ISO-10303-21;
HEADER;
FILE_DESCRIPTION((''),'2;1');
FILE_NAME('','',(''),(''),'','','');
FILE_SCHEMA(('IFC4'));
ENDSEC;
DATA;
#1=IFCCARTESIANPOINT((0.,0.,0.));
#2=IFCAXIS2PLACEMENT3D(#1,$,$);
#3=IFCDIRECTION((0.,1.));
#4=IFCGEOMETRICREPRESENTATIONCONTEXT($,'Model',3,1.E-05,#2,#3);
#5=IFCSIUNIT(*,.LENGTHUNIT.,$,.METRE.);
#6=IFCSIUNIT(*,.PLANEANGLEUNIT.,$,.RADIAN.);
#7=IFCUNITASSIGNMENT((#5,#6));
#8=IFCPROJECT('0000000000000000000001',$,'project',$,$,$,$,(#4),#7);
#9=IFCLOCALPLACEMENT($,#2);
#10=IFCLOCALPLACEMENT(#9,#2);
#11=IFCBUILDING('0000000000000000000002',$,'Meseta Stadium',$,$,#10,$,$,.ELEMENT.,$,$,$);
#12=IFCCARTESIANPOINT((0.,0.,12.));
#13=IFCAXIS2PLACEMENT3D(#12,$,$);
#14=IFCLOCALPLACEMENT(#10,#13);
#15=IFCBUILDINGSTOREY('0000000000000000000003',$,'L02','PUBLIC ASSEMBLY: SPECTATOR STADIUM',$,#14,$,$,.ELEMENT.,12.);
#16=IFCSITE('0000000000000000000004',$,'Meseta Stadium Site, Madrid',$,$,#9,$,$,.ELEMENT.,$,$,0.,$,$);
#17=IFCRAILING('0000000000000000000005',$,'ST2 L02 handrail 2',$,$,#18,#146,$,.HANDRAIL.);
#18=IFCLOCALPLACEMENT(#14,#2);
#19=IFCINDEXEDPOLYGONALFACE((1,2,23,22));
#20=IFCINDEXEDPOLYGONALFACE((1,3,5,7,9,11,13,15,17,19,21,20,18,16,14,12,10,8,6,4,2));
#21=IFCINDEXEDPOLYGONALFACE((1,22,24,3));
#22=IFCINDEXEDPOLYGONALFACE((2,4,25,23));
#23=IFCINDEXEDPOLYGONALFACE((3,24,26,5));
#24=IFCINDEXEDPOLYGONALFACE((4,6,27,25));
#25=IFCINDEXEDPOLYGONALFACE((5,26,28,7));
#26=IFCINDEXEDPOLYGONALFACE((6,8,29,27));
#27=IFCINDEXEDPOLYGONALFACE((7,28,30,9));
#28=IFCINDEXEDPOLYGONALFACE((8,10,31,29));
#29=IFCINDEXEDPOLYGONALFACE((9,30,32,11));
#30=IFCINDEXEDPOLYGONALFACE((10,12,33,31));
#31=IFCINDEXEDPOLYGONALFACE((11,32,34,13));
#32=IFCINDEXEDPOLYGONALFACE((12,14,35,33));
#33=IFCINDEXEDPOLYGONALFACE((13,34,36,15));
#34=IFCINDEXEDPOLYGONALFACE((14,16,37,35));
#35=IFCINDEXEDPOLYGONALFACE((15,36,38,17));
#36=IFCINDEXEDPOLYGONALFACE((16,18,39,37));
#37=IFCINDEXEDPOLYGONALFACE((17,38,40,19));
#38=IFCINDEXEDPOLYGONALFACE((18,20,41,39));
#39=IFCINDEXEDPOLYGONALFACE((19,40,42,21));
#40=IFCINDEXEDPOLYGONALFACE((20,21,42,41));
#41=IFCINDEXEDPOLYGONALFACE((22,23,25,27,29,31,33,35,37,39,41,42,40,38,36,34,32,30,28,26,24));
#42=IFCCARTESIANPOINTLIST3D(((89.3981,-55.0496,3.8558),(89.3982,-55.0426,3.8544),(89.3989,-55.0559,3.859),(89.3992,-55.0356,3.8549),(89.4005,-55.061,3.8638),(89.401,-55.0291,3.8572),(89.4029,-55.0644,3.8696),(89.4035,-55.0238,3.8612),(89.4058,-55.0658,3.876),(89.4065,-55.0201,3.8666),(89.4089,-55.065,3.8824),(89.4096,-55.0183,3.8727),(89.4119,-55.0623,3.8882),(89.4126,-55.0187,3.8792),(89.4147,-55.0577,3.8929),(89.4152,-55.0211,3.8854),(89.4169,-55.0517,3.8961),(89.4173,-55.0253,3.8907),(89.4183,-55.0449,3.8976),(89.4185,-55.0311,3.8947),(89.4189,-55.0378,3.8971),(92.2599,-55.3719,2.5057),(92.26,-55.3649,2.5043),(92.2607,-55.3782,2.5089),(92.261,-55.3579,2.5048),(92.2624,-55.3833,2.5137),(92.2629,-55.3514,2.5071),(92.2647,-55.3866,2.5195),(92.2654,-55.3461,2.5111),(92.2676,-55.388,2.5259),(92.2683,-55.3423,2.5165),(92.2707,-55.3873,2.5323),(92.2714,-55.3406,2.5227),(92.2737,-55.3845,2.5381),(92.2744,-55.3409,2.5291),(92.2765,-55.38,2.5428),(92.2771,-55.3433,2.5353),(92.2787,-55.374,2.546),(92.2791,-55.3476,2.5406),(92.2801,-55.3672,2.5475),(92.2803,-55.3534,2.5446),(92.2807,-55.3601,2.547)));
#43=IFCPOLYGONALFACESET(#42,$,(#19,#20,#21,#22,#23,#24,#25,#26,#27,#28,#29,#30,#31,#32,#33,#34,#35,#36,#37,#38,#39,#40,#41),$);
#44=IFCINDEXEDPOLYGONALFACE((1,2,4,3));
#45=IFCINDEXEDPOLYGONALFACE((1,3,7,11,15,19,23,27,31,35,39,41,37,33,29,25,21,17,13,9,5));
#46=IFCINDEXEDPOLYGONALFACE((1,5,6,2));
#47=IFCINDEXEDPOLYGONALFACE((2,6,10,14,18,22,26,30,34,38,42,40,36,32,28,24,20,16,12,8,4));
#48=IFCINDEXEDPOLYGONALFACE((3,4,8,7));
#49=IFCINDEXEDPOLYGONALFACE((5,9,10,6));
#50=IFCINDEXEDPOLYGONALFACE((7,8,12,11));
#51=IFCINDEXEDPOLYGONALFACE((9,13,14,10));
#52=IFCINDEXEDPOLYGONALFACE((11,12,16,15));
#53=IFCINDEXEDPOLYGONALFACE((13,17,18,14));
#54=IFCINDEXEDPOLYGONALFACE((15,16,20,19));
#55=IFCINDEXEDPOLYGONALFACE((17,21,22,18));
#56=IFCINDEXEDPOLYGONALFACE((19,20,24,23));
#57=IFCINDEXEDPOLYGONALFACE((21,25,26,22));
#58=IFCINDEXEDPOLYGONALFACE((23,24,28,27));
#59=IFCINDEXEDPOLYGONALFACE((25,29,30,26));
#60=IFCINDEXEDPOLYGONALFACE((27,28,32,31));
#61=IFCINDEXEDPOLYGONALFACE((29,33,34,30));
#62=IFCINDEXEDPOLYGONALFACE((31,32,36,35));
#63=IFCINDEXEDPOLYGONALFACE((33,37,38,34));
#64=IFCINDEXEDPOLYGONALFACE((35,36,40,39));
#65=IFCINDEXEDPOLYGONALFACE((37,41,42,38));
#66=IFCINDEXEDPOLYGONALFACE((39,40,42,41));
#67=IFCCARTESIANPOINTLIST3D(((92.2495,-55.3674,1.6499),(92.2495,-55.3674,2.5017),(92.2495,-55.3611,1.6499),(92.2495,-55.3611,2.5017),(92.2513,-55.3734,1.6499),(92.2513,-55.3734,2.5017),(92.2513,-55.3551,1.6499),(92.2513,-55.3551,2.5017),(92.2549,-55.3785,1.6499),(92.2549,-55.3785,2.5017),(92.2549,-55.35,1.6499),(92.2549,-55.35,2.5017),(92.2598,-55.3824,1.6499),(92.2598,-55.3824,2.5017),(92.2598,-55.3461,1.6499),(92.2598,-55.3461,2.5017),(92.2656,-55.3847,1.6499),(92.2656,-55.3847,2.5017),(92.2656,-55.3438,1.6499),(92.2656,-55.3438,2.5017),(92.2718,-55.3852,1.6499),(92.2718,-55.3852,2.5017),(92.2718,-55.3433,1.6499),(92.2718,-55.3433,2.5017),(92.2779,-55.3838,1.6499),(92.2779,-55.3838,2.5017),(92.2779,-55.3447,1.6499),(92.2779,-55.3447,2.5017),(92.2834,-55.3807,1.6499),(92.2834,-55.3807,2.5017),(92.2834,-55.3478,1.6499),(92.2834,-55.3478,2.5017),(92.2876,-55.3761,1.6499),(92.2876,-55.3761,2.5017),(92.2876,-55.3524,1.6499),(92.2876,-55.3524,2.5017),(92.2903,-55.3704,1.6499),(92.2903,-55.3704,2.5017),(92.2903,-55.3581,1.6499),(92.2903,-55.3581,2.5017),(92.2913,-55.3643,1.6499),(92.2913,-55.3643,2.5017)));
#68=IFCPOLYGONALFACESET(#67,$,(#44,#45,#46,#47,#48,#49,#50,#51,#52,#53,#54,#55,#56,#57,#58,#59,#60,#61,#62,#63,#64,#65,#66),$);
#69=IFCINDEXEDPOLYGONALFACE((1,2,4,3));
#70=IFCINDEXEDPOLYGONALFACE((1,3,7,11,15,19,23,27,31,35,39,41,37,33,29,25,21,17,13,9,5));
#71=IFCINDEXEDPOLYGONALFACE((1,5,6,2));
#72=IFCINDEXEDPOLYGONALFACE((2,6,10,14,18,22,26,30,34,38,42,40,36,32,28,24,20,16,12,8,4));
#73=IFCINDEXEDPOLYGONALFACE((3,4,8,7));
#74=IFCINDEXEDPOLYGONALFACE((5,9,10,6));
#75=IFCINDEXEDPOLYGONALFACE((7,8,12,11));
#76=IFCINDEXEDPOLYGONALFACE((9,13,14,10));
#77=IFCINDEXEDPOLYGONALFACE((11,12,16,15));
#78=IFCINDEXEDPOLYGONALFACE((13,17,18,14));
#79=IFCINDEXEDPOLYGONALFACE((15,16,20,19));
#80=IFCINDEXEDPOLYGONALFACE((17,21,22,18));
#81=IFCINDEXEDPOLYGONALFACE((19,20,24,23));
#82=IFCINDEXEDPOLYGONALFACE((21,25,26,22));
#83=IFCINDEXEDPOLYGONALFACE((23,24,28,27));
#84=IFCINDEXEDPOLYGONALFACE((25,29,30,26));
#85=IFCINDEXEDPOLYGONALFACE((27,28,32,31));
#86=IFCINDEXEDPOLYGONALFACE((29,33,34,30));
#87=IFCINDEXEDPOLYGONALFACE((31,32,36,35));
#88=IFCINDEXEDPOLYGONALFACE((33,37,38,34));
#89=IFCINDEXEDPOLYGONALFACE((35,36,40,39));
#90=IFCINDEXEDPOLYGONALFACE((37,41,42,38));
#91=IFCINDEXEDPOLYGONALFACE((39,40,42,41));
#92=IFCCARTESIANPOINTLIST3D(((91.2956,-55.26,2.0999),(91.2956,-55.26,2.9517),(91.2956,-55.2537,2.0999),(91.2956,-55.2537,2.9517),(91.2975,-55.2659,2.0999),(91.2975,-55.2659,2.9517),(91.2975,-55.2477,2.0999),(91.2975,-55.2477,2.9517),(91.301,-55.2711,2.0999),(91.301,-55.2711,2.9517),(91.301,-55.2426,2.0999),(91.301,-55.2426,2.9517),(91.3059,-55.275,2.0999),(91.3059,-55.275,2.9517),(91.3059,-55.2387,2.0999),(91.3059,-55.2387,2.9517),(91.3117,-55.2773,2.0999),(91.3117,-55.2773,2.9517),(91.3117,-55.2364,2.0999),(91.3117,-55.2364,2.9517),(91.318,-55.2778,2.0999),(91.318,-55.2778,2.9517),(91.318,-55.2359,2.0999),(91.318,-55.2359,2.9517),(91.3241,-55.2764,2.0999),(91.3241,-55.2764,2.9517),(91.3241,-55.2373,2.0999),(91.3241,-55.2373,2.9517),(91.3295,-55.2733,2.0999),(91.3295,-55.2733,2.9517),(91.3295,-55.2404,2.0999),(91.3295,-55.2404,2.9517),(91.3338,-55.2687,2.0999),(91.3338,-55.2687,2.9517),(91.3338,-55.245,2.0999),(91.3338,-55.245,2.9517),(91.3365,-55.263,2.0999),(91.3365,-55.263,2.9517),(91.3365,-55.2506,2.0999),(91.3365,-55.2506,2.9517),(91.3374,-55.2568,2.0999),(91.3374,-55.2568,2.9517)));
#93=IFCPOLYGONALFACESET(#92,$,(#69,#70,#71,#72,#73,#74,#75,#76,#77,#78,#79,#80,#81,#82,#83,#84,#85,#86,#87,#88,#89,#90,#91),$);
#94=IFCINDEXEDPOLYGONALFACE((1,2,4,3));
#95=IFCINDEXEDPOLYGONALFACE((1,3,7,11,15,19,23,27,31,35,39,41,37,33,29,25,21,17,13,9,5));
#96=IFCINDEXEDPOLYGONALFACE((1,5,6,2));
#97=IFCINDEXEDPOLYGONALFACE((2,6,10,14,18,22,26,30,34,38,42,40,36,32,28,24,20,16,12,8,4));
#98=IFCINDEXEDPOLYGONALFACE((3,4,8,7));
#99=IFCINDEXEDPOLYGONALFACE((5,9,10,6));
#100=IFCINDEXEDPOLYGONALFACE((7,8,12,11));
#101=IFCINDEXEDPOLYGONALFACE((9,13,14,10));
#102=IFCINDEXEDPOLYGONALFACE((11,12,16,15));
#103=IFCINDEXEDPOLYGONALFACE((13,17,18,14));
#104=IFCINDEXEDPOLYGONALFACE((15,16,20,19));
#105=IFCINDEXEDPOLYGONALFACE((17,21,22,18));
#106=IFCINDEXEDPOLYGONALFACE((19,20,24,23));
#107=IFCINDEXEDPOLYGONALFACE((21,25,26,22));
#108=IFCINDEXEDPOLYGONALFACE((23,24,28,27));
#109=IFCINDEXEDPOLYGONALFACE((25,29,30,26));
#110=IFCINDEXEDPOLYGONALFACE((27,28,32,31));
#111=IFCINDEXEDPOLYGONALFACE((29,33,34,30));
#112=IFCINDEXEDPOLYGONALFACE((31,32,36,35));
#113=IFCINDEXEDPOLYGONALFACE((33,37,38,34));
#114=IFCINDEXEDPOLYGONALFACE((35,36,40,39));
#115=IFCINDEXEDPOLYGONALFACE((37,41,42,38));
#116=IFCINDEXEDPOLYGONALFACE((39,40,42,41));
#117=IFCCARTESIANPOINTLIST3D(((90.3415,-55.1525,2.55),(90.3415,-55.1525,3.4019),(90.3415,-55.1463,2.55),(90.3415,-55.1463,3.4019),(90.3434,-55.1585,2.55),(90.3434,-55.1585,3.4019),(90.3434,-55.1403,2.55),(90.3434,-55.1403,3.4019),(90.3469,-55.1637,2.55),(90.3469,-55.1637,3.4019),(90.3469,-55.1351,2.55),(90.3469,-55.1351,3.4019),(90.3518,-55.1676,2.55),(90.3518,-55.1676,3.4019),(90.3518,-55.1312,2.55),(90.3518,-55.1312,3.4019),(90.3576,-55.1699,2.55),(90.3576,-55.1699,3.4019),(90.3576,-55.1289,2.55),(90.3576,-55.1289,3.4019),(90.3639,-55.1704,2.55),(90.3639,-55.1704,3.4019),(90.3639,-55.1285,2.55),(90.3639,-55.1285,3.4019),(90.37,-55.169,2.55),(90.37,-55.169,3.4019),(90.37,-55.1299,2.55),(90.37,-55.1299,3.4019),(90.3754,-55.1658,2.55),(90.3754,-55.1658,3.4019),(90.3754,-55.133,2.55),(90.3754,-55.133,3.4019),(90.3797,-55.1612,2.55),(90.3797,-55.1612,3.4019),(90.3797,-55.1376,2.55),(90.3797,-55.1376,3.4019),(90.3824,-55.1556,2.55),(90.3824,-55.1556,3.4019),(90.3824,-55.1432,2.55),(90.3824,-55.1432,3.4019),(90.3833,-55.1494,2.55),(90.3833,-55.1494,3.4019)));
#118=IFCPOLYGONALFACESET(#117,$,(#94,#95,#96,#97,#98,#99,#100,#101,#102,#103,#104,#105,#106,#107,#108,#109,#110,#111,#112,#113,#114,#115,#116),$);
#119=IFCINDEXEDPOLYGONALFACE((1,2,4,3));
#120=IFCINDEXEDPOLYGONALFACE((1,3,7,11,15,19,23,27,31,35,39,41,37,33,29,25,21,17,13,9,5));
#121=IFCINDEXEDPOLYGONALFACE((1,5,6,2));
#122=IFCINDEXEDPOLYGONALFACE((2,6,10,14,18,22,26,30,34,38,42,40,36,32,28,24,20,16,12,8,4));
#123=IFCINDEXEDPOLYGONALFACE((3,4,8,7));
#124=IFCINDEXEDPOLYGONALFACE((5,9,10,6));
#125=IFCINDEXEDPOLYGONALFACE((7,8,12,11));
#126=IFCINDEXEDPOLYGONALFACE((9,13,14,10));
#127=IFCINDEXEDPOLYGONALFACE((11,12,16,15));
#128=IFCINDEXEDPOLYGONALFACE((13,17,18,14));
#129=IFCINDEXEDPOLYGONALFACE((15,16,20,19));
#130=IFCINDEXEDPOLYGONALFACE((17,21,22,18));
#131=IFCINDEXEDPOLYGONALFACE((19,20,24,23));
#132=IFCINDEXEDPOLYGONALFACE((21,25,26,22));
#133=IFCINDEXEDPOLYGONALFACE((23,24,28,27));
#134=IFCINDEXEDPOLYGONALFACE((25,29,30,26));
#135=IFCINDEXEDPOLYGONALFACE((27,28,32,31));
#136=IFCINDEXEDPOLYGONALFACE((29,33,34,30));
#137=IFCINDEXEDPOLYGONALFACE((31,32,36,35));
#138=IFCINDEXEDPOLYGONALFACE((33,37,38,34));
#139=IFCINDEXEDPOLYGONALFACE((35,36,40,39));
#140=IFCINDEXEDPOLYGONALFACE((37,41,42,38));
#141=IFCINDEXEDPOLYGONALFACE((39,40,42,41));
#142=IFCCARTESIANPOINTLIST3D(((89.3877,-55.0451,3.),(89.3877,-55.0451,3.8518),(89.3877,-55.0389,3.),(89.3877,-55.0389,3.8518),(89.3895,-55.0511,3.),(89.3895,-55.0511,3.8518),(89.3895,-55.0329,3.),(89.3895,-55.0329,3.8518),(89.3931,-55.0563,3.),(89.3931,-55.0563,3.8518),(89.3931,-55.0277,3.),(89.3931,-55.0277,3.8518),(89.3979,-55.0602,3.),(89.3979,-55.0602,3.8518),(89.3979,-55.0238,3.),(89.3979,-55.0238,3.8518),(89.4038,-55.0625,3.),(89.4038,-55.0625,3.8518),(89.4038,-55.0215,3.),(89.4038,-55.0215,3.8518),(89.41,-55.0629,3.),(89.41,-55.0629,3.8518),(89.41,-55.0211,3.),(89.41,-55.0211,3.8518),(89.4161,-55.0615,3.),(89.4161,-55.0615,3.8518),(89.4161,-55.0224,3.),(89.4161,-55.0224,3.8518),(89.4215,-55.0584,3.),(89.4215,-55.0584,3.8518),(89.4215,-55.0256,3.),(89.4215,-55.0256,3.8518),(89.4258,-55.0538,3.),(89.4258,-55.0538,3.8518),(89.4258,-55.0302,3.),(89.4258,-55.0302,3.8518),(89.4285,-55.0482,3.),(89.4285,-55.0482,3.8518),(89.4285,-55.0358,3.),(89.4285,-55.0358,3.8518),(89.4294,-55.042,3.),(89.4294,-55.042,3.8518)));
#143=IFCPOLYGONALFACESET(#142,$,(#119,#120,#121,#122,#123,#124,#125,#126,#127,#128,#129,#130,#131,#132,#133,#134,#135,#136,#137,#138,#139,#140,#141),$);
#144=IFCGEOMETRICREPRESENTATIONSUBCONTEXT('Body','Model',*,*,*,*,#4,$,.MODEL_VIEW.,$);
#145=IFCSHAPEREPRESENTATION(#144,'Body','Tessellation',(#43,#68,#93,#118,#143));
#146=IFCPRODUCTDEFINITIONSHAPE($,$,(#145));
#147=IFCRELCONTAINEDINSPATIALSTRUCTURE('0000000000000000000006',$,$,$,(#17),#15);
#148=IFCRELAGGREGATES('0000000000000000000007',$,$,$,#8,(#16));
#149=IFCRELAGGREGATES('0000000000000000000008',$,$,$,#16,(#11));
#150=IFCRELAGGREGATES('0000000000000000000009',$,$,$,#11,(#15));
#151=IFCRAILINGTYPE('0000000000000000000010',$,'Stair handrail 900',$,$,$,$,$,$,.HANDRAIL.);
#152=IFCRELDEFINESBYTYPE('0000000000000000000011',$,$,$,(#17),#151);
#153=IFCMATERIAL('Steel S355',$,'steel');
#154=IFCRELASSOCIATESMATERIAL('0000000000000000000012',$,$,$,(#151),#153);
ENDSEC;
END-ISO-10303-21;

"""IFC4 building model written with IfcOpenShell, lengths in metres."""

from ifc_helpers import new_model, si_unit, direction, frame, origin, origin_2d, place, context, subcontext, project, spatial, circle, extrude, material, type_object, element, save


model = new_model("IFC4")

# Units and contexts
model_context = context("Model", 3, precision=1e-05, world=origin(), true_north=direction((0.0, 1.0)))
body_context = subcontext(model_context, "Body", "Model", "MODEL_VIEW")
ifc_project = project(units=[si_unit("LENGTHUNIT", "METRE"), si_unit("PLANEANGLEUNIT", "RADIAN")], contexts=[model_context])

# Site, building, storey
site_placement = place(None, origin())
site = spatial("IfcSite", under=ifc_project, at=site_placement, Name="Meseta Stadium Site, Madrid", CompositionType="ELEMENT", RefElevation=0.0)
building_placement = place(site_placement, origin())
building = spatial("IfcBuilding", under=site, at=building_placement, Name="Meseta Stadium", CompositionType="ELEMENT")
storey_placement = place(building_placement, frame((0.0, 0.0, 12.0)))
storey = spatial("IfcBuildingStorey", under=building, at=storey_placement, Name="L02", Description="PUBLIC ASSEMBLY: SPECTATOR STADIUM", CompositionType="ELEMENT", Elevation=12.0)

# Railing
ifc_material_1 = material(Name="Steel S355", Category="steel")
railing_type_1 = type_object("IfcRailingType", Name="Stair handrail 900", PredefinedType="HANDRAIL", material=ifc_material_1)
for number, where, name in (
    (1, (92.2703, -55.3643, 1.6499), "ST2 L02 handrail 2"),
):
    element("IfcRailing", number, at=place(storey_placement, frame(where)), inside=storey, type_object=railing_type_1, Name=name, PredefinedType="HANDRAIL", context=body_context, shape_type="SweptSolid", body=[
        extrude(circle(Radius=0.0239, at=origin_2d()), frame((0.0, 0.0, 0.876), z_axis=(-0.899755, 0.10132, 0.424471), x_axis=(-0.111902, -0.993719, 0.0)), (0.0, 0.0, 1.0), 3.1807),
        extrude(circle(Radius=0.021, at=origin_2d()), origin(), (0.0, 0.0, 1.0), 0.8518),
        extrude(circle(Radius=0.021, at=origin_2d()), frame((-0.9539, 0.1074, 0.45)), (0.0, 0.0, 1.0), 0.8518),
        extrude(circle(Radius=0.021, at=origin_2d()), frame((-1.908, 0.2148, 0.9001)), (0.0, 0.0, 1.0), 0.8518),
        extrude(circle(Radius=0.021, at=origin_2d()), frame((-2.8618, 0.3223, 1.3501)), (0.0, 0.0, 1.0), 0.8518),
    ])

save(model, "model.ifc")
